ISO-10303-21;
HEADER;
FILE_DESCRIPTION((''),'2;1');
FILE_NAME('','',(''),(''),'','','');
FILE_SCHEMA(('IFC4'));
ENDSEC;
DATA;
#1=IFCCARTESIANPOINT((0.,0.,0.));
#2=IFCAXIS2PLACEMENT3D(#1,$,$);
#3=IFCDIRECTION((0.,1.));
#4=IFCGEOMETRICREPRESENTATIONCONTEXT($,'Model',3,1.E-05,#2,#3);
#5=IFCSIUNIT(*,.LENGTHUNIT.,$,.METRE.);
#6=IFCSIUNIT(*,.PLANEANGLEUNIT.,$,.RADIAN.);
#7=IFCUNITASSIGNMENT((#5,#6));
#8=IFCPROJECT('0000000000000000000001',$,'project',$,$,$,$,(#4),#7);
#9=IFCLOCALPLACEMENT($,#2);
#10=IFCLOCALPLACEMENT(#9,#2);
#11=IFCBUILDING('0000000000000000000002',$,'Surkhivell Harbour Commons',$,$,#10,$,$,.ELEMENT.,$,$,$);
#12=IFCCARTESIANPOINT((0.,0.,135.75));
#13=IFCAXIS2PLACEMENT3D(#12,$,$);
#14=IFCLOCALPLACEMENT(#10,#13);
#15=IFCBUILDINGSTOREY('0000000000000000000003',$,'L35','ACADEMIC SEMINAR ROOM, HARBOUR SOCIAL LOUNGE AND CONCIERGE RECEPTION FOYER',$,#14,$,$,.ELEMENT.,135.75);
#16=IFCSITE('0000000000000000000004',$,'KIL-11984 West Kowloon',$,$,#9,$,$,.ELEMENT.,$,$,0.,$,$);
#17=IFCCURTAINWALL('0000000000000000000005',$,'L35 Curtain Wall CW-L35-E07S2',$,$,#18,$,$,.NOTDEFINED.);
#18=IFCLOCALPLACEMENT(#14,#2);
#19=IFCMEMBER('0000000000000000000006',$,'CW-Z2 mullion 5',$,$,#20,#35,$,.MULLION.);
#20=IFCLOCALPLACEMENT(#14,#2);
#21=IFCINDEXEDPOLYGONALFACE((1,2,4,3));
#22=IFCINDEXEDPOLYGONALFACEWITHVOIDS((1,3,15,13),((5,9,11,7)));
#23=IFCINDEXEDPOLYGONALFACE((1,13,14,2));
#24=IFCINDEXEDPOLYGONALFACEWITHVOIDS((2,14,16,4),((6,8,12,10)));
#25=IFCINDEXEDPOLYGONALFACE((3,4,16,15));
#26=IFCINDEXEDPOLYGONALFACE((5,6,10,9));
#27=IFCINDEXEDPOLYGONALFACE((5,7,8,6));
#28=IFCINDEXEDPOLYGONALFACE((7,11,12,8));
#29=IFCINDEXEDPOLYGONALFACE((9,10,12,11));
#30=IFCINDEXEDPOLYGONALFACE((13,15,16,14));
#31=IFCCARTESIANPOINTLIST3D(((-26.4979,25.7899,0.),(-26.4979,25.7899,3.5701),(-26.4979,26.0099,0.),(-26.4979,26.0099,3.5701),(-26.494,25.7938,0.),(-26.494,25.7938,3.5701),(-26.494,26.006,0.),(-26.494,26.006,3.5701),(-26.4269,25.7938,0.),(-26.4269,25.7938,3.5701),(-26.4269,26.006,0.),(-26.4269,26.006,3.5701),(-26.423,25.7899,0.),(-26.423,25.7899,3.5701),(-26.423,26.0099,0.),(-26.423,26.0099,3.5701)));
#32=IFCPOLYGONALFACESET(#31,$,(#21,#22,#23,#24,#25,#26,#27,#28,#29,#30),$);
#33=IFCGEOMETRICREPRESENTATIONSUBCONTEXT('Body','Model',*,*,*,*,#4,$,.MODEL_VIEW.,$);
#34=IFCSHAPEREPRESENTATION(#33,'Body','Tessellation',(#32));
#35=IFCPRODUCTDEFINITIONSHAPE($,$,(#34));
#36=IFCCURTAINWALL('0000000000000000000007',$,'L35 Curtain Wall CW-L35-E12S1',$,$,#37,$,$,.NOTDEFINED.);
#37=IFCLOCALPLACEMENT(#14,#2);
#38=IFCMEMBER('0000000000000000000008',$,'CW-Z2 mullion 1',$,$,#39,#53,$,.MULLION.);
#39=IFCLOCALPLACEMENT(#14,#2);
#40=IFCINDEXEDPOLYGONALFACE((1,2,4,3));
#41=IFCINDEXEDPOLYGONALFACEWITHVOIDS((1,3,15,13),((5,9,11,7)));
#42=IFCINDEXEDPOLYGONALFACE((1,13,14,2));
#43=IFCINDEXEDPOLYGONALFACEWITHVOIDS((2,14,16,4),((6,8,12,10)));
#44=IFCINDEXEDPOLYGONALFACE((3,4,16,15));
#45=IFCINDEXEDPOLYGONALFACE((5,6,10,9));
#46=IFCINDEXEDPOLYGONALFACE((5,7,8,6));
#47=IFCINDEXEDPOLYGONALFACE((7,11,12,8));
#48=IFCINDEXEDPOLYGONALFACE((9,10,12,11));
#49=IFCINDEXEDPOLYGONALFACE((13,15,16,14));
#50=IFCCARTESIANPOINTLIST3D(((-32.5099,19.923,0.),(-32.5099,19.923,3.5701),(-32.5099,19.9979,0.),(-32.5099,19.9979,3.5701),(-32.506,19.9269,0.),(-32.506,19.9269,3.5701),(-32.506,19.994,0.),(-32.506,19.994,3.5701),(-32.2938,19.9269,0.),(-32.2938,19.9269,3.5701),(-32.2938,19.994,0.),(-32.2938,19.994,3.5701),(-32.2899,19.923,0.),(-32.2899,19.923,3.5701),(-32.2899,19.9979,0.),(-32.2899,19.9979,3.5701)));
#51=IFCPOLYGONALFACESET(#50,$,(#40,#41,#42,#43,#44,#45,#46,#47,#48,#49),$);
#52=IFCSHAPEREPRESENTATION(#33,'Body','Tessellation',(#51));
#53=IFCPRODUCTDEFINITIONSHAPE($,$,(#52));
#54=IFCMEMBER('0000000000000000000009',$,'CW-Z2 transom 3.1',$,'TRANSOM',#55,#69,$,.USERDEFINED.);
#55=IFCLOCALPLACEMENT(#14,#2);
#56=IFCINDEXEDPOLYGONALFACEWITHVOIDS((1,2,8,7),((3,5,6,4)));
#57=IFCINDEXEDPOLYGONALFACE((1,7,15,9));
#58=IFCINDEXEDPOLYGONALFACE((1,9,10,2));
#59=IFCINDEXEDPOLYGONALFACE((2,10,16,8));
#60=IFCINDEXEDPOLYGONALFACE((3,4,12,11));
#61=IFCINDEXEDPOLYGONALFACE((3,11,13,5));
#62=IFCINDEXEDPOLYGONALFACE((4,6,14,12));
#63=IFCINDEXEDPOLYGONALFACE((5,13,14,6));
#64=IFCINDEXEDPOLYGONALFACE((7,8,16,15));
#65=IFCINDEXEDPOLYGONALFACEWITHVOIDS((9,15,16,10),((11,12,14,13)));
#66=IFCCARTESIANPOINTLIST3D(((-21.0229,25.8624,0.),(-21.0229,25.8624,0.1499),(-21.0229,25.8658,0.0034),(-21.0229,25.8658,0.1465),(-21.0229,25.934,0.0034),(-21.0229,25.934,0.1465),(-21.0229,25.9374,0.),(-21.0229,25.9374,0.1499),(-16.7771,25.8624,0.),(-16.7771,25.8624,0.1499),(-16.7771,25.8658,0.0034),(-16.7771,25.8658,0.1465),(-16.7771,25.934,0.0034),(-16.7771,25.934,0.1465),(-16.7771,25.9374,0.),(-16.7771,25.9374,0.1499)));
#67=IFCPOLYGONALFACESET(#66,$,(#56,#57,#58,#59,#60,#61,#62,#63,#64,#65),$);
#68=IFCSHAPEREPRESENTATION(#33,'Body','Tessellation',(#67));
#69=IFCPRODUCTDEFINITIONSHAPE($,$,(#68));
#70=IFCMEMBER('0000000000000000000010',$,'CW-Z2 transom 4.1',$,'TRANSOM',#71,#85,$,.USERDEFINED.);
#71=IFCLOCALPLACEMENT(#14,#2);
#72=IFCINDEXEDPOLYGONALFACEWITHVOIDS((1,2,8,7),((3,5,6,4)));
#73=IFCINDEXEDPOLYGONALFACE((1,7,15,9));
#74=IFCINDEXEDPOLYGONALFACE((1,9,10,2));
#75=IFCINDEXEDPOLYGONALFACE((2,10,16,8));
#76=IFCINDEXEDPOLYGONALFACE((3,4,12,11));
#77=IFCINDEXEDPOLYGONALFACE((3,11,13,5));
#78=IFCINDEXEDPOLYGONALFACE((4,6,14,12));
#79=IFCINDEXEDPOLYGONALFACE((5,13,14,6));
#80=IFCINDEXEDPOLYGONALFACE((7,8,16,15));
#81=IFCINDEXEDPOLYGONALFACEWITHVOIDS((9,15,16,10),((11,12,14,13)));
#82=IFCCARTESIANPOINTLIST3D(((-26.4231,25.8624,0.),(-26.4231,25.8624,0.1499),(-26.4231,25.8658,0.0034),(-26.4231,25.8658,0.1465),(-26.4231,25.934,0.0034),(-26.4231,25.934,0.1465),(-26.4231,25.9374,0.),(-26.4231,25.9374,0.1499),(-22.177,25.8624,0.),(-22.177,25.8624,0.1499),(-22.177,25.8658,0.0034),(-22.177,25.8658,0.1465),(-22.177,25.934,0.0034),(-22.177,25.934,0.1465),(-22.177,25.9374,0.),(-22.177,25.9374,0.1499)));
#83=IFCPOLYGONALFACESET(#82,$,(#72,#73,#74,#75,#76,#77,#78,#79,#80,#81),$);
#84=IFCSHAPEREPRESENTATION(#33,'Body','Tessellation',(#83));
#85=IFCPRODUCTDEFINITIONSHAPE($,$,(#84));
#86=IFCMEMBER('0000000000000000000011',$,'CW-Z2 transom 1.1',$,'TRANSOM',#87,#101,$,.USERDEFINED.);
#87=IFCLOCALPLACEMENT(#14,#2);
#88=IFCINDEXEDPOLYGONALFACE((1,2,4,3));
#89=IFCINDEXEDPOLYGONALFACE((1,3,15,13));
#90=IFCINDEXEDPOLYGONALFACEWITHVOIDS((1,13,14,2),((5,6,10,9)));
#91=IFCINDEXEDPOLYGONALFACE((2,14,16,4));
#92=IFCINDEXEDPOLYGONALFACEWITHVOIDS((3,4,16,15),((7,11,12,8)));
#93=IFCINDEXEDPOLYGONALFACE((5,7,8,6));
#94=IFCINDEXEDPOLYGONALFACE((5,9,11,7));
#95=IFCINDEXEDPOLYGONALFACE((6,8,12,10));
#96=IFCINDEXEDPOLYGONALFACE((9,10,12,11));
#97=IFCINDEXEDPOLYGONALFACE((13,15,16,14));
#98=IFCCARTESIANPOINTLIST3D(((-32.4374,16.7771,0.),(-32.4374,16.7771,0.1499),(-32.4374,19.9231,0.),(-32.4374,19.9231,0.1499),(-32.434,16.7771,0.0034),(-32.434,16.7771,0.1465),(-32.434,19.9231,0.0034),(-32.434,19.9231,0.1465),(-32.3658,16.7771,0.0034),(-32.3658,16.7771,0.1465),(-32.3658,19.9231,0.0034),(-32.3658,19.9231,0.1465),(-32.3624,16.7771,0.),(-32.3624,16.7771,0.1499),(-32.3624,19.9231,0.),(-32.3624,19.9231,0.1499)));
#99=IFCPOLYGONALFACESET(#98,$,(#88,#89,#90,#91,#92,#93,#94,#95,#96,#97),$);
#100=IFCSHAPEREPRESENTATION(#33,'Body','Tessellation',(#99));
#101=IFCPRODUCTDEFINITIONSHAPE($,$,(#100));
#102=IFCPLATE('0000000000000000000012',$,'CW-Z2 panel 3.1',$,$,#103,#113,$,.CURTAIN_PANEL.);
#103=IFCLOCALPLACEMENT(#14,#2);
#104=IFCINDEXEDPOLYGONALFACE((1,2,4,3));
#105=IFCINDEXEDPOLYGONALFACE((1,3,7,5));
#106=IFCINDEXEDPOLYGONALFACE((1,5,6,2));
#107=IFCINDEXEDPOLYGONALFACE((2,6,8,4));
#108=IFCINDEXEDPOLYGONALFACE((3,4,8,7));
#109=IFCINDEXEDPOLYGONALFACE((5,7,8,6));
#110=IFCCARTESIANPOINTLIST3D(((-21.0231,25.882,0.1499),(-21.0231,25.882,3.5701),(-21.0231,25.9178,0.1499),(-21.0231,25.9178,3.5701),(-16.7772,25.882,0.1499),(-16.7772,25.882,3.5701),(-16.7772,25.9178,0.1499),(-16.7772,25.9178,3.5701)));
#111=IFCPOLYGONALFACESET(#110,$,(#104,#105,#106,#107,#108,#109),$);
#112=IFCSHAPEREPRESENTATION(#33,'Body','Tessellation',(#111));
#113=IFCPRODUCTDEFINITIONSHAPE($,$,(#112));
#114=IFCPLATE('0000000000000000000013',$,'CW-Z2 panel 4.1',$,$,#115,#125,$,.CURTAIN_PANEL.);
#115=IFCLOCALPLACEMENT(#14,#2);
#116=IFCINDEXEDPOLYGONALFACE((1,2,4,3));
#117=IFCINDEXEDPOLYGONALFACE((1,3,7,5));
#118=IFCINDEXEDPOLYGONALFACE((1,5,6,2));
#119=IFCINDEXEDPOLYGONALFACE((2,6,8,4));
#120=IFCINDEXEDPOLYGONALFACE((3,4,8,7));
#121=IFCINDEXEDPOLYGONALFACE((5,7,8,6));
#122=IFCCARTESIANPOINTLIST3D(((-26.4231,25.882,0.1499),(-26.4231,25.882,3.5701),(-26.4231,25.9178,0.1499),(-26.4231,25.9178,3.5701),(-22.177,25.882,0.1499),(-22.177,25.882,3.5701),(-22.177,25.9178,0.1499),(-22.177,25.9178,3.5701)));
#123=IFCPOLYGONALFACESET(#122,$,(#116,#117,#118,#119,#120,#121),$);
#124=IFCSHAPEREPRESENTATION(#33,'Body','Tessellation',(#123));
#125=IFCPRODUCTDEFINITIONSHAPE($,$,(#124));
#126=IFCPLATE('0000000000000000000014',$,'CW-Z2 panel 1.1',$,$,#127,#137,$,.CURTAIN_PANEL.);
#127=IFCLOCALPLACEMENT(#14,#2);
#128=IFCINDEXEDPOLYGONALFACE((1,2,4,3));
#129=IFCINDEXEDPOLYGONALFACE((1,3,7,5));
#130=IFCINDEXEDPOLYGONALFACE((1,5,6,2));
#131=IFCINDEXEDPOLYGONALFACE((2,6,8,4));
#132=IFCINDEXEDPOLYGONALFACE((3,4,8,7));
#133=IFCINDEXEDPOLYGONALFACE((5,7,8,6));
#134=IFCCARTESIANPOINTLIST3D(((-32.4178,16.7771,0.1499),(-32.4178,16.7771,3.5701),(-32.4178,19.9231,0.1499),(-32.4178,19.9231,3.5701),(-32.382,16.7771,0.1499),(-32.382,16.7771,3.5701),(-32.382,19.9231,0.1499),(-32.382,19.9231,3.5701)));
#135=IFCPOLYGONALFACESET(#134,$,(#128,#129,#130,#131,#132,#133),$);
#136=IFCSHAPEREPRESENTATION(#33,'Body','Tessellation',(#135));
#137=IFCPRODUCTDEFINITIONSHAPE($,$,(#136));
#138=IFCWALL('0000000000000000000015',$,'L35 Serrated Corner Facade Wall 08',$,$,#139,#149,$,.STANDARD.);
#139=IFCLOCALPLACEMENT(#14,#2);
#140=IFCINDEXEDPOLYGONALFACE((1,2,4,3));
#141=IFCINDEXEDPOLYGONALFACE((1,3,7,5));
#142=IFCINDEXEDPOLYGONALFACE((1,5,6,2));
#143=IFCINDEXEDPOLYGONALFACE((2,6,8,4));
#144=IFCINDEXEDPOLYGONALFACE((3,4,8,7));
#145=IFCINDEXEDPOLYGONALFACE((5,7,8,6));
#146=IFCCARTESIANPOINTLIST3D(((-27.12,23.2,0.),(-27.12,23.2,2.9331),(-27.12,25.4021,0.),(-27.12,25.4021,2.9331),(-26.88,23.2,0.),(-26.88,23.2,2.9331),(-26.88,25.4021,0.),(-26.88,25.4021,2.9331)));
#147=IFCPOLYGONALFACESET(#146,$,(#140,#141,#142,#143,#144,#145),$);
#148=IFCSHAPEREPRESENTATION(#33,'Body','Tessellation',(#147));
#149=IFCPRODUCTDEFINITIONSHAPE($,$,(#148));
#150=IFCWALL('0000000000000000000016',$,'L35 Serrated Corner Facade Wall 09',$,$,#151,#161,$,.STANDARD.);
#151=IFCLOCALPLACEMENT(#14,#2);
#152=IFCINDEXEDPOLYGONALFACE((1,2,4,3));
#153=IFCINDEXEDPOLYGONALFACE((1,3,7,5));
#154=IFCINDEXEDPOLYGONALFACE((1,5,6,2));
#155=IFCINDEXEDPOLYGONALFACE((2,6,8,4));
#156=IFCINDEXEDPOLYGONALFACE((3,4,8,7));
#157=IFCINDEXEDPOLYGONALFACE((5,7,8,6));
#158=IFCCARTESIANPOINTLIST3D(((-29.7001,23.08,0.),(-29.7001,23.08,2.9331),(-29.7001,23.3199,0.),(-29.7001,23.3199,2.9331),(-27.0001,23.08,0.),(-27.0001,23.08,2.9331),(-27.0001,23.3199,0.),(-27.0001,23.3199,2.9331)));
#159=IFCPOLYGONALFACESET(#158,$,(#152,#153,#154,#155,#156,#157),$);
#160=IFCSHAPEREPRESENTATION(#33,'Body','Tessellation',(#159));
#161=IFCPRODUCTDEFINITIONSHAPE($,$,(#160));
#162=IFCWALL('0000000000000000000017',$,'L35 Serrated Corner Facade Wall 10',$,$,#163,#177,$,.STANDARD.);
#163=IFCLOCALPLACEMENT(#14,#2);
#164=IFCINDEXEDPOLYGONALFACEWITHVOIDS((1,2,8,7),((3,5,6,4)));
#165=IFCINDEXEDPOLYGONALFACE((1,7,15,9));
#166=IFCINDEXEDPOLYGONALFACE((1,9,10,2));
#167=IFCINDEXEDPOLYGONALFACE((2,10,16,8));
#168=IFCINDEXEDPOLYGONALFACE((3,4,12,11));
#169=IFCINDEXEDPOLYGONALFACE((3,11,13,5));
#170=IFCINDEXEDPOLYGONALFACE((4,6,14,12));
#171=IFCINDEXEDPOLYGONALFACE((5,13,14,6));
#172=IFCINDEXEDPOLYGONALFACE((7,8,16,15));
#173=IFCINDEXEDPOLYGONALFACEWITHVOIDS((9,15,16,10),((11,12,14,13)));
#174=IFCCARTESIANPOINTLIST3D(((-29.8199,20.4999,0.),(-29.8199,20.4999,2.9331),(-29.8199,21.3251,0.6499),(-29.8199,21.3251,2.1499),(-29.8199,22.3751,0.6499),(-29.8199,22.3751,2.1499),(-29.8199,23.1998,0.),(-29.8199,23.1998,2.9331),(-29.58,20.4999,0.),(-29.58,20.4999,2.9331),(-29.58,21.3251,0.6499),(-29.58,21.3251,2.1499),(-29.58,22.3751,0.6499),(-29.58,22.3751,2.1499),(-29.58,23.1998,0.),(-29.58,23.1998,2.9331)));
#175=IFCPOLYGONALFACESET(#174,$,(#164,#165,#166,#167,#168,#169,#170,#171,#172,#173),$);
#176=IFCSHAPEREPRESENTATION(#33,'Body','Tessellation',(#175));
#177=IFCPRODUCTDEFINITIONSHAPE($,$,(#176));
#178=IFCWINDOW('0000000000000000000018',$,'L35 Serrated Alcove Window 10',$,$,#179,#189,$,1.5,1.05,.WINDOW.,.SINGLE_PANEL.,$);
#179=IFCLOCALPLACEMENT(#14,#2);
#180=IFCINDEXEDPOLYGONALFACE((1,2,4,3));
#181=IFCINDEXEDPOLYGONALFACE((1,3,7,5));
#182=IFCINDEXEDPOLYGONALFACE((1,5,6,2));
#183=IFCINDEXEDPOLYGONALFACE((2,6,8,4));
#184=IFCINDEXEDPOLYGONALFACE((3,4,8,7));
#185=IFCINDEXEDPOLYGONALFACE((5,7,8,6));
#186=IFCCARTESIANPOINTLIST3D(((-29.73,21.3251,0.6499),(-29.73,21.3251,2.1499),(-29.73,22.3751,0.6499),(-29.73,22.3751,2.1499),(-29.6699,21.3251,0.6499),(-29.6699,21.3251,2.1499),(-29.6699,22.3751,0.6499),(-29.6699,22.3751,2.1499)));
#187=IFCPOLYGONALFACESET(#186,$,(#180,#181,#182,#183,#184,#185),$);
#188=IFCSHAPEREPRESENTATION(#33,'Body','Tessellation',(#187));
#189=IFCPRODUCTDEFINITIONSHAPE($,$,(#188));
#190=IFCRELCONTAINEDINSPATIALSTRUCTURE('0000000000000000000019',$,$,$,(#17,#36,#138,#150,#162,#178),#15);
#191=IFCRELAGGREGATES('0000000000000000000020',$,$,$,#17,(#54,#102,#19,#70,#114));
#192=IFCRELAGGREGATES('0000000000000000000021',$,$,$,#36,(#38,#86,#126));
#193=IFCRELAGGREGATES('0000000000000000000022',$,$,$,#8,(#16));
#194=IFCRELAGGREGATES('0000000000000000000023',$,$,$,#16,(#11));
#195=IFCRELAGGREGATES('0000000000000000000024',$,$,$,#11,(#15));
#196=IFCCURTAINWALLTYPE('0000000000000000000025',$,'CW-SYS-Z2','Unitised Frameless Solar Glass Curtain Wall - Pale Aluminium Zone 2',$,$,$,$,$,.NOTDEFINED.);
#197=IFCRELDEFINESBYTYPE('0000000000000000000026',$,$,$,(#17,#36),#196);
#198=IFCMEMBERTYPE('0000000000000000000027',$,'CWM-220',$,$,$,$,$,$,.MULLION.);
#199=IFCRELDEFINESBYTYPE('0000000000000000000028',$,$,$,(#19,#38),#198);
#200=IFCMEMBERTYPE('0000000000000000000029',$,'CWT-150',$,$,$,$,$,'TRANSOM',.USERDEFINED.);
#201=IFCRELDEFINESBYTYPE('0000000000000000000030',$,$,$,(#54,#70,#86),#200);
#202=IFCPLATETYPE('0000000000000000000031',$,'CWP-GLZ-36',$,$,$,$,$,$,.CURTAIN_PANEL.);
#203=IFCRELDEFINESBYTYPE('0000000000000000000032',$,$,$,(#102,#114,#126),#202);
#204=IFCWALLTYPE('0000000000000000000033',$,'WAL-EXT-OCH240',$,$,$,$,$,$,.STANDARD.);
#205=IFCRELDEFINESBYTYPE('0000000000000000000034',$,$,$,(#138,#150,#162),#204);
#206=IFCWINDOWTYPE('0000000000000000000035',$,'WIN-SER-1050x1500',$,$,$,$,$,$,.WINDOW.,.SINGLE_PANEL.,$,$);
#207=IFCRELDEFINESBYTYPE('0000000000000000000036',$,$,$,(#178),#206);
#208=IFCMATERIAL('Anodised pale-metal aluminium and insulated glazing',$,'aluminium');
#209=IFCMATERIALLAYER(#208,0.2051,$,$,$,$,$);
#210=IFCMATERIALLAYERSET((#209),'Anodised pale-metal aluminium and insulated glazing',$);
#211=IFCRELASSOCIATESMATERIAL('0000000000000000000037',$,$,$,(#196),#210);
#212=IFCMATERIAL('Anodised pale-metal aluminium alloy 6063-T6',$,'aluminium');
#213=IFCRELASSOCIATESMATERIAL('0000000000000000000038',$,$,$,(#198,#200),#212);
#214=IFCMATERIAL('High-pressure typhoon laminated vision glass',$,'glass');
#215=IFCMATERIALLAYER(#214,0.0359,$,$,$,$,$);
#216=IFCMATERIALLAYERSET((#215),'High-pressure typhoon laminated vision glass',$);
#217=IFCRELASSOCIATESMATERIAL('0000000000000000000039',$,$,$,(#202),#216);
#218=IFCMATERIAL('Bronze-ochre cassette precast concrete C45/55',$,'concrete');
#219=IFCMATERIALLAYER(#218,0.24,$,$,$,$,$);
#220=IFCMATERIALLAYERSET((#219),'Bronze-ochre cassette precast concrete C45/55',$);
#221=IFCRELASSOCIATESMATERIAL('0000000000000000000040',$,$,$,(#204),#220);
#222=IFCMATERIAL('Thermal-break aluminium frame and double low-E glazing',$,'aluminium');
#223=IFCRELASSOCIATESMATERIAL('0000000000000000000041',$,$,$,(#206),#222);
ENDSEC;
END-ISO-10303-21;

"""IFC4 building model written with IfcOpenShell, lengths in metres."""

from ifc_helpers import new_model, si_unit, direction, frame, frame_2d, origin, origin_2d, place, context, subcontext, project, spatial, rectangle, hollow_rectangle, extrude, material, layer, layer_set, material_profile, profile_set, type_object, element, fill, aggregate, save


model = new_model("IFC4")

# Units and contexts
model_context = context("Model", 3, precision=1e-05, world=origin(), true_north=direction((0.0, 1.0)))
body_context = subcontext(model_context, "Body", "Model", "MODEL_VIEW")
ifc_project = project(units=[si_unit("LENGTHUNIT", "METRE"), si_unit("PLANEANGLEUNIT", "RADIAN")], contexts=[model_context])

# Site, building, storey
site_placement = place(None, origin())
site = spatial("IfcSite", under=ifc_project, at=site_placement, Name="KIL-11984 West Kowloon", CompositionType="ELEMENT", RefElevation=0.0)
building_placement = place(site_placement, origin())
building = spatial("IfcBuilding", under=site, at=building_placement, Name="Surkhivell Harbour Commons", CompositionType="ELEMENT")
storey_placement = place(building_placement, frame((0.0, 0.0, 135.75)))
storey = spatial("IfcBuildingStorey", under=building, at=storey_placement, Name="L35", Description="ACADEMIC SEMINAR ROOM, HARBOUR SOCIAL LOUNGE AND CONCIERGE RECEPTION FOYER", CompositionType="ELEMENT", Elevation=135.75)

# Curtain wall, member
ifc_material_1 = material(Name="Anodised pale-metal aluminium and insulated glazing", Category="aluminium")
ifc_layer_1 = layer(ifc_material_1, 0.2051)
ifc_layer_set_1 = layer_set([ifc_layer_1], Name="Anodised pale-metal aluminium and insulated glazing")
curtain_wall_type = type_object("IfcCurtainWallType", Name="CW-SYS-Z2", Description="Unitised Frameless Solar Glass Curtain Wall - Pale Aluminium Zone 2", PredefinedType="NOTDEFINED", material=ifc_layer_set_1)
curtain_wall_1_placement = place(storey_placement, origin())
curtain_wall_1 = element("IfcCurtainWall", 1, at=curtain_wall_1_placement, inside=storey, type_object=curtain_wall_type, Name="L35 Curtain Wall CW-L35-E07S2", PredefinedType="NOTDEFINED")
ifc_material_2 = material(Name="Anodised pale-metal aluminium alloy 6063-T6", Category="aluminium")
ifc_material_profile_1 = material_profile(ifc_material_2, hollow_rectangle(XDim=0.075, YDim=0.22, WallThickness=0.0039, at=origin_2d()), Name="ALU-MULL-75x220")
ifc_profile_set_1 = profile_set([ifc_material_profile_1], Name="Anodised pale-metal aluminium alloy 6063-T6")
member_type_1 = type_object("IfcMemberType", Name="CWM-220", PredefinedType="MULLION", material=ifc_profile_set_1)
member_1_placement = place(storey_placement, frame((-26.4604, 25.8999, 0.0), z_axis=(0.0, 0.0, 1.0), x_axis=(-1.0, 0.0, 0.0)))
member_1 = element("IfcMember", 2, at=member_1_placement, type_object=member_type_1, Name="CW-Z2 mullion 5", PredefinedType="MULLION", context=body_context, shape_type="SweptSolid", body=[
    extrude(hollow_rectangle(XDim=0.075, YDim=0.22, WallThickness=0.0039, at=origin_2d()), origin(), (0.0, 0.0, 1.0), 3.5701),
])

# Curtain wall, member
curtain_wall_2_placement = place(storey_placement, origin())
curtain_wall_2 = element("IfcCurtainWall", 3, at=curtain_wall_2_placement, inside=storey, type_object=curtain_wall_type, Name="L35 Curtain Wall CW-L35-E12S1", PredefinedType="NOTDEFINED")
member_2_placement = place(storey_placement, frame((-32.3999, 19.9604, 0.0), z_axis=(0.0, 0.0, 1.0), x_axis=(0.0, -1.0, 0.0)))
member_2 = element("IfcMember", 4, at=member_2_placement, type_object=member_type_1, Name="CW-Z2 mullion 1", PredefinedType="MULLION", context=body_context, shape_type="SweptSolid", body=[
    extrude(hollow_rectangle(XDim=0.075, YDim=0.22, WallThickness=0.0039, at=origin_2d()), origin(), (0.0, 0.0, 1.0), 3.5701),
])

# Members
ifc_material_profile_2 = material_profile(ifc_material_2, hollow_rectangle(XDim=0.075, YDim=0.1499, WallThickness=0.0034, at=origin_2d()), Name="ALU-TRAN-75x150")
ifc_profile_set_2 = profile_set([ifc_material_profile_2], Name="Anodised pale-metal aluminium alloy 6063-T6")
member_type_2 = type_object("IfcMemberType", Name="CWT-150", ElementType="TRANSOM", PredefinedType="USERDEFINED", material=ifc_profile_set_2)
member_3_placement = place(storey_placement, frame((-16.7771, 25.8999, 0.075), z_axis=(-1.0, 0.0, 0.0), x_axis=(0.0, -1.0, 0.0)))
member_3 = element("IfcMember", 5, at=member_3_placement, type_object=member_type_2, Name="CW-Z2 transom 3.1", ObjectType="TRANSOM", PredefinedType="USERDEFINED", context=body_context, shape_type="SweptSolid", body=[
    extrude(hollow_rectangle(XDim=0.075, YDim=0.1499, WallThickness=0.0034, at=origin_2d()), origin(), (0.0, 0.0, 1.0), 4.2458),
])
member_4_placement = place(storey_placement, frame((-22.177, 25.8999, 0.075), z_axis=(-1.0, 0.0, 0.0), x_axis=(0.0, -1.0, 0.0)))
member_4 = element("IfcMember", 6, at=member_4_placement, type_object=member_type_2, Name="CW-Z2 transom 4.1", ObjectType="TRANSOM", PredefinedType="USERDEFINED", context=body_context, shape_type="SweptSolid", body=[
    extrude(hollow_rectangle(XDim=0.075, YDim=0.1499, WallThickness=0.0034, at=origin_2d()), origin(), (0.0, 0.0, 1.0), 4.2461),
])
member_5_placement = place(storey_placement, frame((-32.3999, 19.9231, 0.075), z_axis=(0.0, -1.0, 0.0), x_axis=(1.0, 0.0, 0.0)))
member_5 = element("IfcMember", 7, at=member_5_placement, type_object=member_type_2, Name="CW-Z2 transom 1.1", ObjectType="TRANSOM", PredefinedType="USERDEFINED", context=body_context, shape_type="SweptSolid", body=[
    extrude(hollow_rectangle(XDim=0.075, YDim=0.1499, WallThickness=0.0034, at=origin_2d()), origin(), (0.0, 0.0, 1.0), 3.146),
])

# Plates
ifc_material_3 = material(Name="High-pressure typhoon laminated vision glass", Category="glass")
ifc_layer_2 = layer(ifc_material_3, 0.0359)
ifc_layer_set_2 = layer_set([ifc_layer_2], Name="High-pressure typhoon laminated vision glass")
plate_type = type_object("IfcPlateType", Name="CWP-GLZ-36", PredefinedType="CURTAIN_PANEL", material=ifc_layer_set_2)
plate_1_placement = place(storey_placement, frame((-16.7771, 25.8999, 0.1499), z_axis=(0.0, 0.0, 1.0), x_axis=(-1.0, 0.0, 0.0)))
plate_1 = element("IfcPlate", 8, at=plate_1_placement, type_object=plate_type, Name="CW-Z2 panel 3.1", PredefinedType="CURTAIN_PANEL", context=body_context, shape_type="SweptSolid", body=[
    extrude(rectangle(XDim=4.2458, YDim=0.0359, at=frame_2d((2.123, 0.0))), origin(), (0.0, 0.0, 1.0), 3.4202),
])
plate_2_placement = place(storey_placement, frame((-22.177, 25.8999, 0.1499), z_axis=(0.0, 0.0, 1.0), x_axis=(-1.0, 0.0, 0.0)))
plate_2 = element("IfcPlate", 9, at=plate_2_placement, type_object=plate_type, Name="CW-Z2 panel 4.1", PredefinedType="CURTAIN_PANEL", context=body_context, shape_type="SweptSolid", body=[
    extrude(rectangle(XDim=4.2461, YDim=0.0359, at=frame_2d((2.123, 0.0))), origin(), (0.0, 0.0, 1.0), 3.4202),
])
aggregate(curtain_wall_1, [member_3, plate_1, member_1, member_4, plate_2])
plate_3_placement = place(storey_placement, frame((-32.3999, 19.9231, 0.1499), z_axis=(0.0, 0.0, 1.0), x_axis=(0.0, -1.0, 0.0)))
plate_3 = element("IfcPlate", 10, at=plate_3_placement, type_object=plate_type, Name="CW-Z2 panel 1.1", PredefinedType="CURTAIN_PANEL", context=body_context, shape_type="SweptSolid", body=[
    extrude(rectangle(XDim=3.146, YDim=0.0359, at=frame_2d((1.573, 0.0))), origin(), (0.0, 0.0, 1.0), 3.4202),
])
aggregate(curtain_wall_2, [member_2, member_5, plate_3])

# Walls
ifc_material_4 = material(Name="Bronze-ochre cassette precast concrete C45/55", Category="concrete")
ifc_layer_3 = layer(ifc_material_4, 0.24)
ifc_layer_set_3 = layer_set([ifc_layer_3], Name="Bronze-ochre cassette precast concrete C45/55")
wall_type = type_object("IfcWallType", Name="WAL-EXT-OCH240", PredefinedType="STANDARD", material=ifc_layer_set_3)
wall_1_placement = place(storey_placement, frame((-27.0, 25.4021, 0.0), z_axis=(0.0, 0.0, 1.0), x_axis=(0.0, -1.0, 0.0)))
element("IfcWall", 11, at=wall_1_placement, inside=storey, type_object=wall_type, Name="L35 Serrated Corner Facade Wall 08", PredefinedType="STANDARD", context=body_context, shape_type="SweptSolid", body=[
    extrude(rectangle(XDim=2.2021, YDim=0.24, at=frame_2d((1.1011, 0.0))), origin(), (0.0, 0.0, 1.0), 2.9331),
])
wall_2_placement = place(storey_placement, frame((-27.0, 23.2, 0.0), z_axis=(0.0, 0.0, 1.0), x_axis=(-1.0, 0.0, 0.0)))
element("IfcWall", 12, at=wall_2_placement, inside=storey, type_object=wall_type, Name="L35 Serrated Corner Facade Wall 09", PredefinedType="STANDARD", context=body_context, shape_type="SweptSolid", body=[
    extrude(rectangle(XDim=2.7, YDim=0.24, at=frame_2d((1.3501, 0.0))), origin(), (0.0, 0.0, 1.0), 2.9331),
])

# Wall, opening, window
wall_3_placement = place(storey_placement, frame((-29.7, 23.2, 0.0), z_axis=(0.0, 0.0, 1.0), x_axis=(0.0, -1.0, 0.0)))
wall_3 = element("IfcWall", 13, at=wall_3_placement, inside=storey, type_object=wall_type, Name="L35 Serrated Corner Facade Wall 10", PredefinedType="STANDARD", context=body_context, shape_type="SweptSolid", body=[
    extrude(rectangle(XDim=2.7, YDim=0.24, at=frame_2d((1.3501, 0.0))), origin(), (0.0, 0.0, 1.0), 2.9331),
])
opening_placement = place(wall_3_placement, frame((0.825, 0.0, 0.6499)))
opening = element("IfcOpeningElement", 14, at=opening_placement, cuts=wall_3, PredefinedType="OPENING", context=body_context, shape_type="SweptSolid", body=[
    extrude(rectangle(XDim=1.05, YDim=1.5, at=frame_2d((0.5249, 0.75))), frame((0.0, 0.1299, 0.0), z_axis=(0.0, -1.0, 0.0), x_axis=(1.0, 0.0, 0.0)), (0.0, 0.0, 1.0), 0.26),
])
ifc_material_5 = material(Name="Thermal-break aluminium frame and double low-E glazing", Category="aluminium")
window_type = type_object("IfcWindowType", Name="WIN-SER-1050x1500", PartitioningType="SINGLE_PANEL", PredefinedType="WINDOW", material=ifc_material_5)
window_placement = place(opening_placement, origin())
window = element("IfcWindow", 15, at=window_placement, inside=storey, type_object=window_type, Name="L35 Serrated Alcove Window 10", OverallHeight=1.5, OverallWidth=1.05, PartitioningType="SINGLE_PANEL", PredefinedType="WINDOW", context=body_context, shape_type="SweptSolid", body=[
    extrude(rectangle(XDim=1.05, YDim=1.5, at=frame_2d((0.5249, 0.75))), frame((0.0, 0.03, 0.0), z_axis=(0.0, -1.0, 0.0), x_axis=(1.0, 0.0, 0.0)), (0.0, 0.0, 1.0), 0.0601),
])
fill(opening, window)

save(model, "model.ifc")
